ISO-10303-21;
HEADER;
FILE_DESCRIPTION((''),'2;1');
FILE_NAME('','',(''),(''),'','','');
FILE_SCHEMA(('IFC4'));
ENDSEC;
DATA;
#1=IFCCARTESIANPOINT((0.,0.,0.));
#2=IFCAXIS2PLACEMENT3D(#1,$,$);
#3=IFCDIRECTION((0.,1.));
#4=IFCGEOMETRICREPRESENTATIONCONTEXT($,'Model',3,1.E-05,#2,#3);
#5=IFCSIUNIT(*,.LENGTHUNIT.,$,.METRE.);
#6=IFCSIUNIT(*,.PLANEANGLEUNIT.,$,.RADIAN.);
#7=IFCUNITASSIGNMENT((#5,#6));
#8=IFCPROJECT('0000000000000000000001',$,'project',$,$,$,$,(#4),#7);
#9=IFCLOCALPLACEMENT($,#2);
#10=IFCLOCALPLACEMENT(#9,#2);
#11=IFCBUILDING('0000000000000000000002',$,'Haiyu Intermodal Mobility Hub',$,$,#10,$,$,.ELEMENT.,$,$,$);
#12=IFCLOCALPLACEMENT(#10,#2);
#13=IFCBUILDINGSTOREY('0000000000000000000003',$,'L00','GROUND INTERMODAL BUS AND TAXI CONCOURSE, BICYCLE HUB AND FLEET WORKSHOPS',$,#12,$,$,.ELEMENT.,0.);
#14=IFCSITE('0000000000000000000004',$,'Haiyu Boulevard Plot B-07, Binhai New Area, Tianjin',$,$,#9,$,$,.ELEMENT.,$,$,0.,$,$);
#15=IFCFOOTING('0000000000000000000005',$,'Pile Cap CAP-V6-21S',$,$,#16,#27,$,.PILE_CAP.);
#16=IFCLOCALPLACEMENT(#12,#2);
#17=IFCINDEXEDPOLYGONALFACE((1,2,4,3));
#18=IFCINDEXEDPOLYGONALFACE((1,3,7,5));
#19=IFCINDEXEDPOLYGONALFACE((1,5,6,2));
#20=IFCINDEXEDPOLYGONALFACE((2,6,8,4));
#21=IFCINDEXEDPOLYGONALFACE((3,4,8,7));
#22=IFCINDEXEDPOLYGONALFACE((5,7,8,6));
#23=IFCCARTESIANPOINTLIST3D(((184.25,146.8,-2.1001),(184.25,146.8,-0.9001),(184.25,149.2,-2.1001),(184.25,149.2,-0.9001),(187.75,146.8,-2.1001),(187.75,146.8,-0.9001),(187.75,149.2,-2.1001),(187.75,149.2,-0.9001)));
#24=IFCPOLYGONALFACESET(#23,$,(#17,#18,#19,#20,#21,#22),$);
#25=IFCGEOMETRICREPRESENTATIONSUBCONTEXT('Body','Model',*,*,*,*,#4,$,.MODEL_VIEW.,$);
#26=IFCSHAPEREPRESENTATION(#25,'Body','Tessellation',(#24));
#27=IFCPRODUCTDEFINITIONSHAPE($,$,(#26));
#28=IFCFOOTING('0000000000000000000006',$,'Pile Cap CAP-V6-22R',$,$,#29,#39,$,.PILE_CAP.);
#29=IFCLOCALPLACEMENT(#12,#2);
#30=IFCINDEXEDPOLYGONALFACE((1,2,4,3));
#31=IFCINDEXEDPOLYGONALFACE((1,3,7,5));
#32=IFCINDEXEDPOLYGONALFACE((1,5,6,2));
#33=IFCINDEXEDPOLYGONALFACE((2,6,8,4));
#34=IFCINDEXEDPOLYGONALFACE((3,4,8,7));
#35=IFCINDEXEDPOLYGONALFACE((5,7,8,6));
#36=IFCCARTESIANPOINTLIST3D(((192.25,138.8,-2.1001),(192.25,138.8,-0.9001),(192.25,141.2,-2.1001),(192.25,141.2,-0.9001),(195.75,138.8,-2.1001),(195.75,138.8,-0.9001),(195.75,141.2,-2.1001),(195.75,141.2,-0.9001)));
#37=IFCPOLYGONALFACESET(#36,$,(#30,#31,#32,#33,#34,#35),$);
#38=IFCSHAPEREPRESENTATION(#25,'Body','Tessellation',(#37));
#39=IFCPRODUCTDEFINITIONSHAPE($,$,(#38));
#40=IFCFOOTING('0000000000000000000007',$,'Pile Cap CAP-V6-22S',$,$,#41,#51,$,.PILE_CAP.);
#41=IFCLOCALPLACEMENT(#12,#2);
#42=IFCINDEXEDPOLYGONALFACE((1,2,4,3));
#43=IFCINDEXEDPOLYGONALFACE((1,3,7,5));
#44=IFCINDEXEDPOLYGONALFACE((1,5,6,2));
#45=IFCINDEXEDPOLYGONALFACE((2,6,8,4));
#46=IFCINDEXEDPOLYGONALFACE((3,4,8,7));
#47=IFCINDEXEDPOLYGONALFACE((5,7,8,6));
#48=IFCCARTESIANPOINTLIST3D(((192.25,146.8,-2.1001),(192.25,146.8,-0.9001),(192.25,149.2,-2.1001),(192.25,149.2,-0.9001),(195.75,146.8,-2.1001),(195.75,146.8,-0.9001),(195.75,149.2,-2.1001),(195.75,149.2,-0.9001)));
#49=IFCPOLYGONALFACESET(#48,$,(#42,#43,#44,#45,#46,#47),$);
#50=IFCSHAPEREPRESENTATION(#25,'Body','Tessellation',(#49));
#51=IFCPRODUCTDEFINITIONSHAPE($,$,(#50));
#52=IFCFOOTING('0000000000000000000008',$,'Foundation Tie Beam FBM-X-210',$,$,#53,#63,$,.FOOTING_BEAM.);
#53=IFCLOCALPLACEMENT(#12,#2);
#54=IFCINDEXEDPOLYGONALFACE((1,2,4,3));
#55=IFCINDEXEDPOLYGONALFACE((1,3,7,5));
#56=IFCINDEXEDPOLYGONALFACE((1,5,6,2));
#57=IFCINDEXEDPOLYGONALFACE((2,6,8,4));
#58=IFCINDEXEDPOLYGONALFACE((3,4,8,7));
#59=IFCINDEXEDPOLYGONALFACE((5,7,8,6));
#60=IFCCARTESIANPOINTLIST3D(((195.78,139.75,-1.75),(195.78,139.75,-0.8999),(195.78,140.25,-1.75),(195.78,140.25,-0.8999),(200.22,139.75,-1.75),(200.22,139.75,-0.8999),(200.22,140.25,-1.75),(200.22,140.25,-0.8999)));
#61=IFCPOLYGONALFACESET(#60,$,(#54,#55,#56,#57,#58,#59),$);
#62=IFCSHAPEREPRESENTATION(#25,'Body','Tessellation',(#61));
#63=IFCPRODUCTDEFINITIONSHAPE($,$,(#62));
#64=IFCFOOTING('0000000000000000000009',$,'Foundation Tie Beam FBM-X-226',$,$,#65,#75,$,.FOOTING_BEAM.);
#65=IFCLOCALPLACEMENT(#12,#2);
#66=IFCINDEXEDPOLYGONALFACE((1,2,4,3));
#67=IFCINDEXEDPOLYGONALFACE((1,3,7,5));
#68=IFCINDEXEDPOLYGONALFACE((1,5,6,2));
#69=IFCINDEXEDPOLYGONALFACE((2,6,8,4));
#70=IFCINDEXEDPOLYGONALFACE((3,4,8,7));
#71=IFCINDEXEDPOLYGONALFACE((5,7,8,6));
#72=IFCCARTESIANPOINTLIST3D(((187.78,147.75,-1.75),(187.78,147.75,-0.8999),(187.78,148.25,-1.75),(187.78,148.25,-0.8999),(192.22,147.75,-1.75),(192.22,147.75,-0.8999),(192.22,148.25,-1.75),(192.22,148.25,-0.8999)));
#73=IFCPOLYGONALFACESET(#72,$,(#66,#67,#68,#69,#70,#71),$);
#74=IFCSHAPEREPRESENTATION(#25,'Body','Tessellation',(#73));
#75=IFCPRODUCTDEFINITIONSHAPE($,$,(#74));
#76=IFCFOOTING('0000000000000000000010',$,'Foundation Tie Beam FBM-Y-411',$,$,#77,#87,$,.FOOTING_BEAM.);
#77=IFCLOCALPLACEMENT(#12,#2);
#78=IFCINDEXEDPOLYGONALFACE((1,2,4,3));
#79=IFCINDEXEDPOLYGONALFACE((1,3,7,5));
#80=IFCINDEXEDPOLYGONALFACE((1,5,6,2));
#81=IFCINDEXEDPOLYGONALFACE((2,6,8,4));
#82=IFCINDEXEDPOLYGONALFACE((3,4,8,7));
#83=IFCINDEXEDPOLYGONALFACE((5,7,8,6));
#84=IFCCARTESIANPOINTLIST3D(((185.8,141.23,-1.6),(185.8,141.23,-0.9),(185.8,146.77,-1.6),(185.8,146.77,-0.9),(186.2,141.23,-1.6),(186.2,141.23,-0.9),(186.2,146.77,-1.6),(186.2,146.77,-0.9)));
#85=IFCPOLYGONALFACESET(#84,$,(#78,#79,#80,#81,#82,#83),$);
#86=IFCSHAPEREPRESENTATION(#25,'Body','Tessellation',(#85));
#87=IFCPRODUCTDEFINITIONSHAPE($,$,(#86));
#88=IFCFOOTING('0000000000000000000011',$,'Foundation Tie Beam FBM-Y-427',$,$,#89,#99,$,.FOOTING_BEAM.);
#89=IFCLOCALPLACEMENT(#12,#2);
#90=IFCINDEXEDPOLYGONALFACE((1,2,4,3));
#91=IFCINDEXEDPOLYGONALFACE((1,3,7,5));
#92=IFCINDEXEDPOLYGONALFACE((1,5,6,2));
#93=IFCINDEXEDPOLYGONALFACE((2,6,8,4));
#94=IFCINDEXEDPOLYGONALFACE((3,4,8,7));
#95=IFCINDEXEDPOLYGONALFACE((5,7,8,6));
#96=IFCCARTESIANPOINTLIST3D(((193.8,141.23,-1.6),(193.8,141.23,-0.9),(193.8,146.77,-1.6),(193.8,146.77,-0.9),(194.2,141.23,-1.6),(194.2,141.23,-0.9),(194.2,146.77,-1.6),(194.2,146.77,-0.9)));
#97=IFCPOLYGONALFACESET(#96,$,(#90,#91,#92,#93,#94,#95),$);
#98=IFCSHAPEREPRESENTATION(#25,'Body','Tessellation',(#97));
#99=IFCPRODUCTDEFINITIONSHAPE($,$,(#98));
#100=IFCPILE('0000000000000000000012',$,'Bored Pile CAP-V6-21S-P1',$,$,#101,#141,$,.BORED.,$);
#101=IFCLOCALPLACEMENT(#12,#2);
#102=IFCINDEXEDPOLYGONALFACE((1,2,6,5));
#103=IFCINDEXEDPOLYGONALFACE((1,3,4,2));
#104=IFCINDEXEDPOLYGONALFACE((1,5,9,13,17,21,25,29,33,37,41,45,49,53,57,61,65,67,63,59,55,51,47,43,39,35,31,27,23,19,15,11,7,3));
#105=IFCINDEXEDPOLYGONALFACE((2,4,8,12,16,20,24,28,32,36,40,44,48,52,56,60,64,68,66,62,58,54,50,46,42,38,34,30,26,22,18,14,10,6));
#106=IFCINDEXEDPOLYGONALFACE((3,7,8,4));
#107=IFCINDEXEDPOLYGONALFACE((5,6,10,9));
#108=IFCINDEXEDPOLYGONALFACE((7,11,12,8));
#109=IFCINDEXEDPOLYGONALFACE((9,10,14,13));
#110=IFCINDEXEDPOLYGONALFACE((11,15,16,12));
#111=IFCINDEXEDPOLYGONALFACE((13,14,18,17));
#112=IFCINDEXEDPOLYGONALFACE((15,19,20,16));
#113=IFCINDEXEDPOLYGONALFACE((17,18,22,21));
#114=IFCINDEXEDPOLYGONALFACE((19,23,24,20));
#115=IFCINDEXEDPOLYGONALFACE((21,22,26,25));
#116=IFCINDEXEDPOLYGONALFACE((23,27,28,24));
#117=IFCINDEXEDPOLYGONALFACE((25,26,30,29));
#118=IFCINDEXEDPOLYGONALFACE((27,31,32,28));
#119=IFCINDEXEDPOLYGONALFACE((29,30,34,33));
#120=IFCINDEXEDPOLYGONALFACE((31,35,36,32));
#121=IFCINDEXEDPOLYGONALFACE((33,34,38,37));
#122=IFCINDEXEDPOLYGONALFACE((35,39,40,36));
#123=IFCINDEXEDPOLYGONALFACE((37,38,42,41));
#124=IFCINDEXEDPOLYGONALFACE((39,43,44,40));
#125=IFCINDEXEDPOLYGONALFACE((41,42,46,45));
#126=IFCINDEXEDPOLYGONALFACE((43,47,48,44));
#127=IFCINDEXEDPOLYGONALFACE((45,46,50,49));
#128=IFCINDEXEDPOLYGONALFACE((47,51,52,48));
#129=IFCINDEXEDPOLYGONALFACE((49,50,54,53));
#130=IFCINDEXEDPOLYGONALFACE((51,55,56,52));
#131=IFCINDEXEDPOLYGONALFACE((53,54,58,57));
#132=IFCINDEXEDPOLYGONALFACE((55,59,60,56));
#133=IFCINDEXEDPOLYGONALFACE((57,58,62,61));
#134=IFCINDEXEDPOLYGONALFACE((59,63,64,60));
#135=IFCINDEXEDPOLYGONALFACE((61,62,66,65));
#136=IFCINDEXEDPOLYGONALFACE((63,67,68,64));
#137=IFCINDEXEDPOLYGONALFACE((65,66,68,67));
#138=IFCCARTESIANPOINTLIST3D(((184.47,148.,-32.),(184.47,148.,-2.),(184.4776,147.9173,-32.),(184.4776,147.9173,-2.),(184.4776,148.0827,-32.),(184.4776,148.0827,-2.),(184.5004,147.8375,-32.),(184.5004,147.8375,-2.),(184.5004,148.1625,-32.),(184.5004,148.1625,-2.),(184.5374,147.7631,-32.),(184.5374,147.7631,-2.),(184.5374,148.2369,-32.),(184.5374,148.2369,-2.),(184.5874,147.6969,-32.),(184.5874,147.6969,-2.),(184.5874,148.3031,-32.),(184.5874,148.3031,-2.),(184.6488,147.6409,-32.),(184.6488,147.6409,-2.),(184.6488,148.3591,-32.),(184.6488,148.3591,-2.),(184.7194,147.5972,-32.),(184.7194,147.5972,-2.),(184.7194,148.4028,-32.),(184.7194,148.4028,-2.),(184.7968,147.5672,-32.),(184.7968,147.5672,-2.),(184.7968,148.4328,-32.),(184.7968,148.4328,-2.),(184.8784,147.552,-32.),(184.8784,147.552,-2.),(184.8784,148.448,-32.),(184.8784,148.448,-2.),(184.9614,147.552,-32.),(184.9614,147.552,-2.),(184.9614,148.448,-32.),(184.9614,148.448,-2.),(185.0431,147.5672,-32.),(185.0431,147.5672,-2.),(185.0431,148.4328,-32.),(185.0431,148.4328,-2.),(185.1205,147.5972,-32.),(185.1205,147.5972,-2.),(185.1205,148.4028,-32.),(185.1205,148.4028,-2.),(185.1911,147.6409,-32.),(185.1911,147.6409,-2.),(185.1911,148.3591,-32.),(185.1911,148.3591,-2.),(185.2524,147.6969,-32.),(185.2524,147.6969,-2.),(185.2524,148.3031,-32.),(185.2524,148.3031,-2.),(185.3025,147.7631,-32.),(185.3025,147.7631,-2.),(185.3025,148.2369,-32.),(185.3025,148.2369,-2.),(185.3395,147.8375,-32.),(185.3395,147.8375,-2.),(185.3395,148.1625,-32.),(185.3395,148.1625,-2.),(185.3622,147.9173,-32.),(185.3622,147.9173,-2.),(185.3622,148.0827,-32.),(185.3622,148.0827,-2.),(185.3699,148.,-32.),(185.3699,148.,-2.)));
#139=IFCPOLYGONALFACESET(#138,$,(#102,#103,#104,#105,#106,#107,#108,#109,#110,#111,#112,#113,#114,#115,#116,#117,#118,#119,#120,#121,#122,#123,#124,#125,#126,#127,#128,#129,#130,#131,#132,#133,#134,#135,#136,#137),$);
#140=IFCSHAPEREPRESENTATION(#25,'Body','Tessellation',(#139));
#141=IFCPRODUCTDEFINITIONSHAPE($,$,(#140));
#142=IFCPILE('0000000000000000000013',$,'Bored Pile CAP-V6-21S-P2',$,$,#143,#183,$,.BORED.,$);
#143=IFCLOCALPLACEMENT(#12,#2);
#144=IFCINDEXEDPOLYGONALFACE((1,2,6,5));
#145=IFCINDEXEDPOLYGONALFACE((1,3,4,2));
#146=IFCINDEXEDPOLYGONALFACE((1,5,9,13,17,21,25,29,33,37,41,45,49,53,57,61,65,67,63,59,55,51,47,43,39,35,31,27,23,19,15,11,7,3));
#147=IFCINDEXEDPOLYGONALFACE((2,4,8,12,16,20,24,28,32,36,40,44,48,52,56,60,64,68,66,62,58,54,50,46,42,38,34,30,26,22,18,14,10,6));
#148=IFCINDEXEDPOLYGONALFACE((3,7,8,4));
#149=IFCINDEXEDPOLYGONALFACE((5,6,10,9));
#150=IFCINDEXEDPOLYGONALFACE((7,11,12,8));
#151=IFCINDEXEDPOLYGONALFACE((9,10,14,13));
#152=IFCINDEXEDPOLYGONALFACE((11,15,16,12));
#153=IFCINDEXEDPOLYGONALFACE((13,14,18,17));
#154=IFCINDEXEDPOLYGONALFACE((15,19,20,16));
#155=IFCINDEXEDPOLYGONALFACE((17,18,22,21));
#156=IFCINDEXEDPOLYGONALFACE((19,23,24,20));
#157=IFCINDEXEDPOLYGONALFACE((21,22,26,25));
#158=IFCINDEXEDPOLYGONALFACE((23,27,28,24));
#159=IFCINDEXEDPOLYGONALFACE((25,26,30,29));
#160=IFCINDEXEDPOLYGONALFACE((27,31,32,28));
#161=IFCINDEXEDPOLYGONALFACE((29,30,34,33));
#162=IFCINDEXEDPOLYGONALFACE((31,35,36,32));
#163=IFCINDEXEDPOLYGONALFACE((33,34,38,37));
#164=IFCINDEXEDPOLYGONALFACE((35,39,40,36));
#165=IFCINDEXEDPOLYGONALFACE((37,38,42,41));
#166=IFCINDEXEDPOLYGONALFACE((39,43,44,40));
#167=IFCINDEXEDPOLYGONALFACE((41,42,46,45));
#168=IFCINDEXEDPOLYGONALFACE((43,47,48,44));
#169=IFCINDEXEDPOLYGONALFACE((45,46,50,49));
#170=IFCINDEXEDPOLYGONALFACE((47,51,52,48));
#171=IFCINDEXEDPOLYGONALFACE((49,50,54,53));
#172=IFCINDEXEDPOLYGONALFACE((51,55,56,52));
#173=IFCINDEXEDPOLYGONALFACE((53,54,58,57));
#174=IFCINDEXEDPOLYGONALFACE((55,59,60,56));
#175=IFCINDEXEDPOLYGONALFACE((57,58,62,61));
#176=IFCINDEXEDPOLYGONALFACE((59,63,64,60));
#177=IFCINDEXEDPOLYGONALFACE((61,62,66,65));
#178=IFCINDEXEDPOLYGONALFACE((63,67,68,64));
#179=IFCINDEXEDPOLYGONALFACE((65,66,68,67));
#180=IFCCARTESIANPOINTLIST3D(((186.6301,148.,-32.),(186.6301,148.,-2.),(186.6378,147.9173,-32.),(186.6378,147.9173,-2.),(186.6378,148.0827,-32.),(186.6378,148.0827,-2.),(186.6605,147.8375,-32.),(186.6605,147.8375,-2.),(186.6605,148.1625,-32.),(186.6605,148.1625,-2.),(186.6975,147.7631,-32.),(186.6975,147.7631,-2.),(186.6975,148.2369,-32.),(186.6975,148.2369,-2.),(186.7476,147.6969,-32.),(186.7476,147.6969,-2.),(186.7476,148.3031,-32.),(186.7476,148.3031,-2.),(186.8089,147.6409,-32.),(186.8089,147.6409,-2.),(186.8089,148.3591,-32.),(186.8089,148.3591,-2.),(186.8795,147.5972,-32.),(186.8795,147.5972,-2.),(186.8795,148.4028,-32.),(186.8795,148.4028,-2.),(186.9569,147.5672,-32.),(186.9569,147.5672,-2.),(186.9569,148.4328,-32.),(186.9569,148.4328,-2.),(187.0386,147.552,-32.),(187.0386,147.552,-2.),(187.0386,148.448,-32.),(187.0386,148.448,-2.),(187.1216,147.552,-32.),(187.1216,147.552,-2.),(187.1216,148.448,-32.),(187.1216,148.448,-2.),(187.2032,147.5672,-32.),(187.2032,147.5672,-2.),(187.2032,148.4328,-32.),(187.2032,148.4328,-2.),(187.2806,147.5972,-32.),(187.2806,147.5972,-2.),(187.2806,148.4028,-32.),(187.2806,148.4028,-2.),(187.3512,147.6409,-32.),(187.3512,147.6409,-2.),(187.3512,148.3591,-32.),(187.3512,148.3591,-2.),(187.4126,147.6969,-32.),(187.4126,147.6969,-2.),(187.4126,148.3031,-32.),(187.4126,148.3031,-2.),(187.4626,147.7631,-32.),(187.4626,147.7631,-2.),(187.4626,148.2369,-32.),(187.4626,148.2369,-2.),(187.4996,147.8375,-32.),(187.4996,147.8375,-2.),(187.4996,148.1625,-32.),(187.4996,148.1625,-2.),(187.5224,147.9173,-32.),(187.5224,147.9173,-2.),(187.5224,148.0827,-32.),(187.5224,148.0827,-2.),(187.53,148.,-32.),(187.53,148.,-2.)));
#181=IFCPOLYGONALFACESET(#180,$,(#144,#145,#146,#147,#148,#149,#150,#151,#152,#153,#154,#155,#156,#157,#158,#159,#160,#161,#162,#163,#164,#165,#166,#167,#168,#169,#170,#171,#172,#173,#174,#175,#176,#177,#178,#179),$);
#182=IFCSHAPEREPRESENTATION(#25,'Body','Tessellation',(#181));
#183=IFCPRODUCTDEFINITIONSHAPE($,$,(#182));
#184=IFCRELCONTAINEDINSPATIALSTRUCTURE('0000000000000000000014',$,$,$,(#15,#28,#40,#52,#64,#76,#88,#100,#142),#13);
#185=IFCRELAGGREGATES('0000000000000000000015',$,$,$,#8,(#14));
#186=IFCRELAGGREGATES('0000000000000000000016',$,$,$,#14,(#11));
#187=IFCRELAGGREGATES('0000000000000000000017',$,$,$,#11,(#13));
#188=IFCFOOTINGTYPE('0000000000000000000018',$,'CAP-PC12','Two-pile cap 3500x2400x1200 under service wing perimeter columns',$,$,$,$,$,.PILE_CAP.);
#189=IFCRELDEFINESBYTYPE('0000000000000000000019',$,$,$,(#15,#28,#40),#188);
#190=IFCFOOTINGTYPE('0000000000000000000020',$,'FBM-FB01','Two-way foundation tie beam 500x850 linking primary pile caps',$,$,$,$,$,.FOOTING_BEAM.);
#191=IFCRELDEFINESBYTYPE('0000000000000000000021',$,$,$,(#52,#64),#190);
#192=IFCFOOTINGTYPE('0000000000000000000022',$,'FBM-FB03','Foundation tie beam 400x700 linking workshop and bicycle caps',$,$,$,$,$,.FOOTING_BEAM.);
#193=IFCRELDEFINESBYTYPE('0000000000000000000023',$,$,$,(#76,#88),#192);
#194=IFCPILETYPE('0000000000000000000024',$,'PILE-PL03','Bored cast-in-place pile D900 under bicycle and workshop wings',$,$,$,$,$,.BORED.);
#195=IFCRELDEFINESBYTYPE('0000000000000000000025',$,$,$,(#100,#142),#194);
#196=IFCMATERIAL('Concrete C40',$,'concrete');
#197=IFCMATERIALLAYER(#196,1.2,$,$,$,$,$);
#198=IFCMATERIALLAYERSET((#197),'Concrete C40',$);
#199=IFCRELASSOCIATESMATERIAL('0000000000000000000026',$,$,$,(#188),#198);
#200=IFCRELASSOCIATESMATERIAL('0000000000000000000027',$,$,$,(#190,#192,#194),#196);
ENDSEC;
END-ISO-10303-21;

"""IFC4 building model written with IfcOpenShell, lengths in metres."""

from ifc_helpers import new_model, si_unit, direction, frame, origin, origin_2d, place, context, subcontext, project, spatial, rectangle, circle, extrude, material, layer, layer_set, material_profile, profile_set, type_object, element, save


model = new_model("IFC4")

# Units and contexts
model_context = context("Model", 3, precision=1e-05, world=origin(), true_north=direction((0.0, 1.0)))
body_context = subcontext(model_context, "Body", "Model", "MODEL_VIEW")
ifc_project = project(units=[si_unit("LENGTHUNIT", "METRE"), si_unit("PLANEANGLEUNIT", "RADIAN")], contexts=[model_context])

# Site, building, storey
site_placement = place(None, origin())
site = spatial("IfcSite", under=ifc_project, at=site_placement, Name="Haiyu Boulevard Plot B-07, Binhai New Area, Tianjin", CompositionType="ELEMENT", RefElevation=0.0)
building_placement = place(site_placement, origin())
building = spatial("IfcBuilding", under=site, at=building_placement, Name="Haiyu Intermodal Mobility Hub", CompositionType="ELEMENT")
storey_placement = place(building_placement, origin())
storey = spatial("IfcBuildingStorey", under=building, at=storey_placement, Name="L00", Description="GROUND INTERMODAL BUS AND TAXI CONCOURSE, BICYCLE HUB AND FLEET WORKSHOPS", CompositionType="ELEMENT", Elevation=0.0)

# Footings
ifc_material_1 = material(Name="Concrete C40", Category="concrete")
ifc_layer_1 = layer(ifc_material_1, 1.2)
ifc_layer_set_1 = layer_set([ifc_layer_1], Name="Concrete C40")
footing_type_1 = type_object("IfcFootingType", Name="CAP-PC12", Description="Two-pile cap 3500x2400x1200 under service wing perimeter columns", PredefinedType="PILE_CAP", material=ifc_layer_set_1)
for number, where, z_axis, x_axis, name in (
    (1, (186.0, 148.0, -2.1001), (0.0, 0.0, 1.0), (1.0, 0.0, 0.0), "Pile Cap CAP-V6-21S"),
    (2, (194.0, 140.0, -2.1001), (0.0, 0.0, 1.0), (1.0, 0.0, 0.0), "Pile Cap CAP-V6-22R"),
    (3, (194.0, 148.0, -2.1001), (0.0, 0.0, 1.0), (1.0, 0.0, 0.0), "Pile Cap CAP-V6-22S"),
):
    element("IfcFooting", number, at=place(storey_placement, frame(where, z_axis=z_axis, x_axis=x_axis)), inside=storey, type_object=footing_type_1, Name=name, PredefinedType="PILE_CAP", context=body_context, shape_type="SweptSolid", body=[
        extrude(rectangle(XDim=3.5, YDim=2.3999, at=origin_2d()), origin(), (0.0, 0.0, 1.0), 1.2),
    ])
ifc_material_profile_1 = material_profile(ifc_material_1, rectangle(XDim=0.5, YDim=0.8501, at=origin_2d()), Name="FB500x850")
ifc_profile_set_1 = profile_set([ifc_material_profile_1], Name="Concrete C40")
footing_type_2 = type_object("IfcFootingType", Name="FBM-FB01", Description="Two-way foundation tie beam 500x850 linking primary pile caps", PredefinedType="FOOTING_BEAM", material=ifc_profile_set_1)
for number, where, z_axis, x_axis, name in (
    (4, (195.78, 140.0, -1.325), (1.0, 0.0, 0.0), (0.0, 1.0, 0.0), "Foundation Tie Beam FBM-X-210"),
    (5, (187.78, 148.0, -1.325), (1.0, 0.0, 0.0), (0.0, 1.0, 0.0), "Foundation Tie Beam FBM-X-226"),
):
    element("IfcFooting", number, at=place(storey_placement, frame(where, z_axis=z_axis, x_axis=x_axis)), inside=storey, type_object=footing_type_2, Name=name, PredefinedType="FOOTING_BEAM", context=body_context, shape_type="SweptSolid", body=[
        extrude(rectangle(XDim=0.5, YDim=0.8501, at=origin_2d()), origin(), (0.0, 0.0, 1.0), 4.4399),
    ])
ifc_material_profile_2 = material_profile(ifc_material_1, rectangle(XDim=0.3999, YDim=0.7, at=origin_2d()), Name="FB400x700")
ifc_profile_set_2 = profile_set([ifc_material_profile_2], Name="Concrete C40")
footing_type_3 = type_object("IfcFootingType", Name="FBM-FB03", Description="Foundation tie beam 400x700 linking workshop and bicycle caps", PredefinedType="FOOTING_BEAM", material=ifc_profile_set_2)
for number, where, z_axis, x_axis, name in (
    (6, (186.0, 141.23, -1.25), (0.0, 1.0, 0.0), (-1.0, 0.0, 0.0), "Foundation Tie Beam FBM-Y-411"),
    (7, (194.0, 141.23, -1.25), (0.0, 1.0, 0.0), (-1.0, 0.0, 0.0), "Foundation Tie Beam FBM-Y-427"),
):
    element("IfcFooting", number, at=place(storey_placement, frame(where, z_axis=z_axis, x_axis=x_axis)), inside=storey, type_object=footing_type_3, Name=name, PredefinedType="FOOTING_BEAM", context=body_context, shape_type="SweptSolid", body=[
        extrude(rectangle(XDim=0.3999, YDim=0.7, at=origin_2d()), origin(), (0.0, 0.0, 1.0), 5.54),
    ])

# Piles
ifc_material_profile_3 = material_profile(ifc_material_1, circle(Radius=0.45, at=origin_2d()), Name="PILE-D900")
ifc_profile_set_3 = profile_set([ifc_material_profile_3], Name="Concrete C40")
pile_type = type_object("IfcPileType", Name="PILE-PL03", Description="Bored cast-in-place pile D900 under bicycle and workshop wings", PredefinedType="BORED", material=ifc_profile_set_3)
for number, where, z_axis, x_axis, name in (
    (8, (184.9199, 148.0, -2.0), (0.0, 0.0, -1.0), (1.0, 0.0, 0.0), "Bored Pile CAP-V6-21S-P1"),
    (9, (187.0801, 148.0, -2.0), (0.0, 0.0, -1.0), (1.0, 0.0, 0.0), "Bored Pile CAP-V6-21S-P2"),
):
    element("IfcPile", number, at=place(storey_placement, frame(where, z_axis=z_axis, x_axis=x_axis)), inside=storey, type_object=pile_type, Name=name, PredefinedType="BORED", context=body_context, shape_type="SweptSolid", body=[
        extrude(circle(Radius=0.45, at=origin_2d()), origin(), (0.0, 0.0, 1.0), 30.0),
    ])

save(model, "model.ifc")
